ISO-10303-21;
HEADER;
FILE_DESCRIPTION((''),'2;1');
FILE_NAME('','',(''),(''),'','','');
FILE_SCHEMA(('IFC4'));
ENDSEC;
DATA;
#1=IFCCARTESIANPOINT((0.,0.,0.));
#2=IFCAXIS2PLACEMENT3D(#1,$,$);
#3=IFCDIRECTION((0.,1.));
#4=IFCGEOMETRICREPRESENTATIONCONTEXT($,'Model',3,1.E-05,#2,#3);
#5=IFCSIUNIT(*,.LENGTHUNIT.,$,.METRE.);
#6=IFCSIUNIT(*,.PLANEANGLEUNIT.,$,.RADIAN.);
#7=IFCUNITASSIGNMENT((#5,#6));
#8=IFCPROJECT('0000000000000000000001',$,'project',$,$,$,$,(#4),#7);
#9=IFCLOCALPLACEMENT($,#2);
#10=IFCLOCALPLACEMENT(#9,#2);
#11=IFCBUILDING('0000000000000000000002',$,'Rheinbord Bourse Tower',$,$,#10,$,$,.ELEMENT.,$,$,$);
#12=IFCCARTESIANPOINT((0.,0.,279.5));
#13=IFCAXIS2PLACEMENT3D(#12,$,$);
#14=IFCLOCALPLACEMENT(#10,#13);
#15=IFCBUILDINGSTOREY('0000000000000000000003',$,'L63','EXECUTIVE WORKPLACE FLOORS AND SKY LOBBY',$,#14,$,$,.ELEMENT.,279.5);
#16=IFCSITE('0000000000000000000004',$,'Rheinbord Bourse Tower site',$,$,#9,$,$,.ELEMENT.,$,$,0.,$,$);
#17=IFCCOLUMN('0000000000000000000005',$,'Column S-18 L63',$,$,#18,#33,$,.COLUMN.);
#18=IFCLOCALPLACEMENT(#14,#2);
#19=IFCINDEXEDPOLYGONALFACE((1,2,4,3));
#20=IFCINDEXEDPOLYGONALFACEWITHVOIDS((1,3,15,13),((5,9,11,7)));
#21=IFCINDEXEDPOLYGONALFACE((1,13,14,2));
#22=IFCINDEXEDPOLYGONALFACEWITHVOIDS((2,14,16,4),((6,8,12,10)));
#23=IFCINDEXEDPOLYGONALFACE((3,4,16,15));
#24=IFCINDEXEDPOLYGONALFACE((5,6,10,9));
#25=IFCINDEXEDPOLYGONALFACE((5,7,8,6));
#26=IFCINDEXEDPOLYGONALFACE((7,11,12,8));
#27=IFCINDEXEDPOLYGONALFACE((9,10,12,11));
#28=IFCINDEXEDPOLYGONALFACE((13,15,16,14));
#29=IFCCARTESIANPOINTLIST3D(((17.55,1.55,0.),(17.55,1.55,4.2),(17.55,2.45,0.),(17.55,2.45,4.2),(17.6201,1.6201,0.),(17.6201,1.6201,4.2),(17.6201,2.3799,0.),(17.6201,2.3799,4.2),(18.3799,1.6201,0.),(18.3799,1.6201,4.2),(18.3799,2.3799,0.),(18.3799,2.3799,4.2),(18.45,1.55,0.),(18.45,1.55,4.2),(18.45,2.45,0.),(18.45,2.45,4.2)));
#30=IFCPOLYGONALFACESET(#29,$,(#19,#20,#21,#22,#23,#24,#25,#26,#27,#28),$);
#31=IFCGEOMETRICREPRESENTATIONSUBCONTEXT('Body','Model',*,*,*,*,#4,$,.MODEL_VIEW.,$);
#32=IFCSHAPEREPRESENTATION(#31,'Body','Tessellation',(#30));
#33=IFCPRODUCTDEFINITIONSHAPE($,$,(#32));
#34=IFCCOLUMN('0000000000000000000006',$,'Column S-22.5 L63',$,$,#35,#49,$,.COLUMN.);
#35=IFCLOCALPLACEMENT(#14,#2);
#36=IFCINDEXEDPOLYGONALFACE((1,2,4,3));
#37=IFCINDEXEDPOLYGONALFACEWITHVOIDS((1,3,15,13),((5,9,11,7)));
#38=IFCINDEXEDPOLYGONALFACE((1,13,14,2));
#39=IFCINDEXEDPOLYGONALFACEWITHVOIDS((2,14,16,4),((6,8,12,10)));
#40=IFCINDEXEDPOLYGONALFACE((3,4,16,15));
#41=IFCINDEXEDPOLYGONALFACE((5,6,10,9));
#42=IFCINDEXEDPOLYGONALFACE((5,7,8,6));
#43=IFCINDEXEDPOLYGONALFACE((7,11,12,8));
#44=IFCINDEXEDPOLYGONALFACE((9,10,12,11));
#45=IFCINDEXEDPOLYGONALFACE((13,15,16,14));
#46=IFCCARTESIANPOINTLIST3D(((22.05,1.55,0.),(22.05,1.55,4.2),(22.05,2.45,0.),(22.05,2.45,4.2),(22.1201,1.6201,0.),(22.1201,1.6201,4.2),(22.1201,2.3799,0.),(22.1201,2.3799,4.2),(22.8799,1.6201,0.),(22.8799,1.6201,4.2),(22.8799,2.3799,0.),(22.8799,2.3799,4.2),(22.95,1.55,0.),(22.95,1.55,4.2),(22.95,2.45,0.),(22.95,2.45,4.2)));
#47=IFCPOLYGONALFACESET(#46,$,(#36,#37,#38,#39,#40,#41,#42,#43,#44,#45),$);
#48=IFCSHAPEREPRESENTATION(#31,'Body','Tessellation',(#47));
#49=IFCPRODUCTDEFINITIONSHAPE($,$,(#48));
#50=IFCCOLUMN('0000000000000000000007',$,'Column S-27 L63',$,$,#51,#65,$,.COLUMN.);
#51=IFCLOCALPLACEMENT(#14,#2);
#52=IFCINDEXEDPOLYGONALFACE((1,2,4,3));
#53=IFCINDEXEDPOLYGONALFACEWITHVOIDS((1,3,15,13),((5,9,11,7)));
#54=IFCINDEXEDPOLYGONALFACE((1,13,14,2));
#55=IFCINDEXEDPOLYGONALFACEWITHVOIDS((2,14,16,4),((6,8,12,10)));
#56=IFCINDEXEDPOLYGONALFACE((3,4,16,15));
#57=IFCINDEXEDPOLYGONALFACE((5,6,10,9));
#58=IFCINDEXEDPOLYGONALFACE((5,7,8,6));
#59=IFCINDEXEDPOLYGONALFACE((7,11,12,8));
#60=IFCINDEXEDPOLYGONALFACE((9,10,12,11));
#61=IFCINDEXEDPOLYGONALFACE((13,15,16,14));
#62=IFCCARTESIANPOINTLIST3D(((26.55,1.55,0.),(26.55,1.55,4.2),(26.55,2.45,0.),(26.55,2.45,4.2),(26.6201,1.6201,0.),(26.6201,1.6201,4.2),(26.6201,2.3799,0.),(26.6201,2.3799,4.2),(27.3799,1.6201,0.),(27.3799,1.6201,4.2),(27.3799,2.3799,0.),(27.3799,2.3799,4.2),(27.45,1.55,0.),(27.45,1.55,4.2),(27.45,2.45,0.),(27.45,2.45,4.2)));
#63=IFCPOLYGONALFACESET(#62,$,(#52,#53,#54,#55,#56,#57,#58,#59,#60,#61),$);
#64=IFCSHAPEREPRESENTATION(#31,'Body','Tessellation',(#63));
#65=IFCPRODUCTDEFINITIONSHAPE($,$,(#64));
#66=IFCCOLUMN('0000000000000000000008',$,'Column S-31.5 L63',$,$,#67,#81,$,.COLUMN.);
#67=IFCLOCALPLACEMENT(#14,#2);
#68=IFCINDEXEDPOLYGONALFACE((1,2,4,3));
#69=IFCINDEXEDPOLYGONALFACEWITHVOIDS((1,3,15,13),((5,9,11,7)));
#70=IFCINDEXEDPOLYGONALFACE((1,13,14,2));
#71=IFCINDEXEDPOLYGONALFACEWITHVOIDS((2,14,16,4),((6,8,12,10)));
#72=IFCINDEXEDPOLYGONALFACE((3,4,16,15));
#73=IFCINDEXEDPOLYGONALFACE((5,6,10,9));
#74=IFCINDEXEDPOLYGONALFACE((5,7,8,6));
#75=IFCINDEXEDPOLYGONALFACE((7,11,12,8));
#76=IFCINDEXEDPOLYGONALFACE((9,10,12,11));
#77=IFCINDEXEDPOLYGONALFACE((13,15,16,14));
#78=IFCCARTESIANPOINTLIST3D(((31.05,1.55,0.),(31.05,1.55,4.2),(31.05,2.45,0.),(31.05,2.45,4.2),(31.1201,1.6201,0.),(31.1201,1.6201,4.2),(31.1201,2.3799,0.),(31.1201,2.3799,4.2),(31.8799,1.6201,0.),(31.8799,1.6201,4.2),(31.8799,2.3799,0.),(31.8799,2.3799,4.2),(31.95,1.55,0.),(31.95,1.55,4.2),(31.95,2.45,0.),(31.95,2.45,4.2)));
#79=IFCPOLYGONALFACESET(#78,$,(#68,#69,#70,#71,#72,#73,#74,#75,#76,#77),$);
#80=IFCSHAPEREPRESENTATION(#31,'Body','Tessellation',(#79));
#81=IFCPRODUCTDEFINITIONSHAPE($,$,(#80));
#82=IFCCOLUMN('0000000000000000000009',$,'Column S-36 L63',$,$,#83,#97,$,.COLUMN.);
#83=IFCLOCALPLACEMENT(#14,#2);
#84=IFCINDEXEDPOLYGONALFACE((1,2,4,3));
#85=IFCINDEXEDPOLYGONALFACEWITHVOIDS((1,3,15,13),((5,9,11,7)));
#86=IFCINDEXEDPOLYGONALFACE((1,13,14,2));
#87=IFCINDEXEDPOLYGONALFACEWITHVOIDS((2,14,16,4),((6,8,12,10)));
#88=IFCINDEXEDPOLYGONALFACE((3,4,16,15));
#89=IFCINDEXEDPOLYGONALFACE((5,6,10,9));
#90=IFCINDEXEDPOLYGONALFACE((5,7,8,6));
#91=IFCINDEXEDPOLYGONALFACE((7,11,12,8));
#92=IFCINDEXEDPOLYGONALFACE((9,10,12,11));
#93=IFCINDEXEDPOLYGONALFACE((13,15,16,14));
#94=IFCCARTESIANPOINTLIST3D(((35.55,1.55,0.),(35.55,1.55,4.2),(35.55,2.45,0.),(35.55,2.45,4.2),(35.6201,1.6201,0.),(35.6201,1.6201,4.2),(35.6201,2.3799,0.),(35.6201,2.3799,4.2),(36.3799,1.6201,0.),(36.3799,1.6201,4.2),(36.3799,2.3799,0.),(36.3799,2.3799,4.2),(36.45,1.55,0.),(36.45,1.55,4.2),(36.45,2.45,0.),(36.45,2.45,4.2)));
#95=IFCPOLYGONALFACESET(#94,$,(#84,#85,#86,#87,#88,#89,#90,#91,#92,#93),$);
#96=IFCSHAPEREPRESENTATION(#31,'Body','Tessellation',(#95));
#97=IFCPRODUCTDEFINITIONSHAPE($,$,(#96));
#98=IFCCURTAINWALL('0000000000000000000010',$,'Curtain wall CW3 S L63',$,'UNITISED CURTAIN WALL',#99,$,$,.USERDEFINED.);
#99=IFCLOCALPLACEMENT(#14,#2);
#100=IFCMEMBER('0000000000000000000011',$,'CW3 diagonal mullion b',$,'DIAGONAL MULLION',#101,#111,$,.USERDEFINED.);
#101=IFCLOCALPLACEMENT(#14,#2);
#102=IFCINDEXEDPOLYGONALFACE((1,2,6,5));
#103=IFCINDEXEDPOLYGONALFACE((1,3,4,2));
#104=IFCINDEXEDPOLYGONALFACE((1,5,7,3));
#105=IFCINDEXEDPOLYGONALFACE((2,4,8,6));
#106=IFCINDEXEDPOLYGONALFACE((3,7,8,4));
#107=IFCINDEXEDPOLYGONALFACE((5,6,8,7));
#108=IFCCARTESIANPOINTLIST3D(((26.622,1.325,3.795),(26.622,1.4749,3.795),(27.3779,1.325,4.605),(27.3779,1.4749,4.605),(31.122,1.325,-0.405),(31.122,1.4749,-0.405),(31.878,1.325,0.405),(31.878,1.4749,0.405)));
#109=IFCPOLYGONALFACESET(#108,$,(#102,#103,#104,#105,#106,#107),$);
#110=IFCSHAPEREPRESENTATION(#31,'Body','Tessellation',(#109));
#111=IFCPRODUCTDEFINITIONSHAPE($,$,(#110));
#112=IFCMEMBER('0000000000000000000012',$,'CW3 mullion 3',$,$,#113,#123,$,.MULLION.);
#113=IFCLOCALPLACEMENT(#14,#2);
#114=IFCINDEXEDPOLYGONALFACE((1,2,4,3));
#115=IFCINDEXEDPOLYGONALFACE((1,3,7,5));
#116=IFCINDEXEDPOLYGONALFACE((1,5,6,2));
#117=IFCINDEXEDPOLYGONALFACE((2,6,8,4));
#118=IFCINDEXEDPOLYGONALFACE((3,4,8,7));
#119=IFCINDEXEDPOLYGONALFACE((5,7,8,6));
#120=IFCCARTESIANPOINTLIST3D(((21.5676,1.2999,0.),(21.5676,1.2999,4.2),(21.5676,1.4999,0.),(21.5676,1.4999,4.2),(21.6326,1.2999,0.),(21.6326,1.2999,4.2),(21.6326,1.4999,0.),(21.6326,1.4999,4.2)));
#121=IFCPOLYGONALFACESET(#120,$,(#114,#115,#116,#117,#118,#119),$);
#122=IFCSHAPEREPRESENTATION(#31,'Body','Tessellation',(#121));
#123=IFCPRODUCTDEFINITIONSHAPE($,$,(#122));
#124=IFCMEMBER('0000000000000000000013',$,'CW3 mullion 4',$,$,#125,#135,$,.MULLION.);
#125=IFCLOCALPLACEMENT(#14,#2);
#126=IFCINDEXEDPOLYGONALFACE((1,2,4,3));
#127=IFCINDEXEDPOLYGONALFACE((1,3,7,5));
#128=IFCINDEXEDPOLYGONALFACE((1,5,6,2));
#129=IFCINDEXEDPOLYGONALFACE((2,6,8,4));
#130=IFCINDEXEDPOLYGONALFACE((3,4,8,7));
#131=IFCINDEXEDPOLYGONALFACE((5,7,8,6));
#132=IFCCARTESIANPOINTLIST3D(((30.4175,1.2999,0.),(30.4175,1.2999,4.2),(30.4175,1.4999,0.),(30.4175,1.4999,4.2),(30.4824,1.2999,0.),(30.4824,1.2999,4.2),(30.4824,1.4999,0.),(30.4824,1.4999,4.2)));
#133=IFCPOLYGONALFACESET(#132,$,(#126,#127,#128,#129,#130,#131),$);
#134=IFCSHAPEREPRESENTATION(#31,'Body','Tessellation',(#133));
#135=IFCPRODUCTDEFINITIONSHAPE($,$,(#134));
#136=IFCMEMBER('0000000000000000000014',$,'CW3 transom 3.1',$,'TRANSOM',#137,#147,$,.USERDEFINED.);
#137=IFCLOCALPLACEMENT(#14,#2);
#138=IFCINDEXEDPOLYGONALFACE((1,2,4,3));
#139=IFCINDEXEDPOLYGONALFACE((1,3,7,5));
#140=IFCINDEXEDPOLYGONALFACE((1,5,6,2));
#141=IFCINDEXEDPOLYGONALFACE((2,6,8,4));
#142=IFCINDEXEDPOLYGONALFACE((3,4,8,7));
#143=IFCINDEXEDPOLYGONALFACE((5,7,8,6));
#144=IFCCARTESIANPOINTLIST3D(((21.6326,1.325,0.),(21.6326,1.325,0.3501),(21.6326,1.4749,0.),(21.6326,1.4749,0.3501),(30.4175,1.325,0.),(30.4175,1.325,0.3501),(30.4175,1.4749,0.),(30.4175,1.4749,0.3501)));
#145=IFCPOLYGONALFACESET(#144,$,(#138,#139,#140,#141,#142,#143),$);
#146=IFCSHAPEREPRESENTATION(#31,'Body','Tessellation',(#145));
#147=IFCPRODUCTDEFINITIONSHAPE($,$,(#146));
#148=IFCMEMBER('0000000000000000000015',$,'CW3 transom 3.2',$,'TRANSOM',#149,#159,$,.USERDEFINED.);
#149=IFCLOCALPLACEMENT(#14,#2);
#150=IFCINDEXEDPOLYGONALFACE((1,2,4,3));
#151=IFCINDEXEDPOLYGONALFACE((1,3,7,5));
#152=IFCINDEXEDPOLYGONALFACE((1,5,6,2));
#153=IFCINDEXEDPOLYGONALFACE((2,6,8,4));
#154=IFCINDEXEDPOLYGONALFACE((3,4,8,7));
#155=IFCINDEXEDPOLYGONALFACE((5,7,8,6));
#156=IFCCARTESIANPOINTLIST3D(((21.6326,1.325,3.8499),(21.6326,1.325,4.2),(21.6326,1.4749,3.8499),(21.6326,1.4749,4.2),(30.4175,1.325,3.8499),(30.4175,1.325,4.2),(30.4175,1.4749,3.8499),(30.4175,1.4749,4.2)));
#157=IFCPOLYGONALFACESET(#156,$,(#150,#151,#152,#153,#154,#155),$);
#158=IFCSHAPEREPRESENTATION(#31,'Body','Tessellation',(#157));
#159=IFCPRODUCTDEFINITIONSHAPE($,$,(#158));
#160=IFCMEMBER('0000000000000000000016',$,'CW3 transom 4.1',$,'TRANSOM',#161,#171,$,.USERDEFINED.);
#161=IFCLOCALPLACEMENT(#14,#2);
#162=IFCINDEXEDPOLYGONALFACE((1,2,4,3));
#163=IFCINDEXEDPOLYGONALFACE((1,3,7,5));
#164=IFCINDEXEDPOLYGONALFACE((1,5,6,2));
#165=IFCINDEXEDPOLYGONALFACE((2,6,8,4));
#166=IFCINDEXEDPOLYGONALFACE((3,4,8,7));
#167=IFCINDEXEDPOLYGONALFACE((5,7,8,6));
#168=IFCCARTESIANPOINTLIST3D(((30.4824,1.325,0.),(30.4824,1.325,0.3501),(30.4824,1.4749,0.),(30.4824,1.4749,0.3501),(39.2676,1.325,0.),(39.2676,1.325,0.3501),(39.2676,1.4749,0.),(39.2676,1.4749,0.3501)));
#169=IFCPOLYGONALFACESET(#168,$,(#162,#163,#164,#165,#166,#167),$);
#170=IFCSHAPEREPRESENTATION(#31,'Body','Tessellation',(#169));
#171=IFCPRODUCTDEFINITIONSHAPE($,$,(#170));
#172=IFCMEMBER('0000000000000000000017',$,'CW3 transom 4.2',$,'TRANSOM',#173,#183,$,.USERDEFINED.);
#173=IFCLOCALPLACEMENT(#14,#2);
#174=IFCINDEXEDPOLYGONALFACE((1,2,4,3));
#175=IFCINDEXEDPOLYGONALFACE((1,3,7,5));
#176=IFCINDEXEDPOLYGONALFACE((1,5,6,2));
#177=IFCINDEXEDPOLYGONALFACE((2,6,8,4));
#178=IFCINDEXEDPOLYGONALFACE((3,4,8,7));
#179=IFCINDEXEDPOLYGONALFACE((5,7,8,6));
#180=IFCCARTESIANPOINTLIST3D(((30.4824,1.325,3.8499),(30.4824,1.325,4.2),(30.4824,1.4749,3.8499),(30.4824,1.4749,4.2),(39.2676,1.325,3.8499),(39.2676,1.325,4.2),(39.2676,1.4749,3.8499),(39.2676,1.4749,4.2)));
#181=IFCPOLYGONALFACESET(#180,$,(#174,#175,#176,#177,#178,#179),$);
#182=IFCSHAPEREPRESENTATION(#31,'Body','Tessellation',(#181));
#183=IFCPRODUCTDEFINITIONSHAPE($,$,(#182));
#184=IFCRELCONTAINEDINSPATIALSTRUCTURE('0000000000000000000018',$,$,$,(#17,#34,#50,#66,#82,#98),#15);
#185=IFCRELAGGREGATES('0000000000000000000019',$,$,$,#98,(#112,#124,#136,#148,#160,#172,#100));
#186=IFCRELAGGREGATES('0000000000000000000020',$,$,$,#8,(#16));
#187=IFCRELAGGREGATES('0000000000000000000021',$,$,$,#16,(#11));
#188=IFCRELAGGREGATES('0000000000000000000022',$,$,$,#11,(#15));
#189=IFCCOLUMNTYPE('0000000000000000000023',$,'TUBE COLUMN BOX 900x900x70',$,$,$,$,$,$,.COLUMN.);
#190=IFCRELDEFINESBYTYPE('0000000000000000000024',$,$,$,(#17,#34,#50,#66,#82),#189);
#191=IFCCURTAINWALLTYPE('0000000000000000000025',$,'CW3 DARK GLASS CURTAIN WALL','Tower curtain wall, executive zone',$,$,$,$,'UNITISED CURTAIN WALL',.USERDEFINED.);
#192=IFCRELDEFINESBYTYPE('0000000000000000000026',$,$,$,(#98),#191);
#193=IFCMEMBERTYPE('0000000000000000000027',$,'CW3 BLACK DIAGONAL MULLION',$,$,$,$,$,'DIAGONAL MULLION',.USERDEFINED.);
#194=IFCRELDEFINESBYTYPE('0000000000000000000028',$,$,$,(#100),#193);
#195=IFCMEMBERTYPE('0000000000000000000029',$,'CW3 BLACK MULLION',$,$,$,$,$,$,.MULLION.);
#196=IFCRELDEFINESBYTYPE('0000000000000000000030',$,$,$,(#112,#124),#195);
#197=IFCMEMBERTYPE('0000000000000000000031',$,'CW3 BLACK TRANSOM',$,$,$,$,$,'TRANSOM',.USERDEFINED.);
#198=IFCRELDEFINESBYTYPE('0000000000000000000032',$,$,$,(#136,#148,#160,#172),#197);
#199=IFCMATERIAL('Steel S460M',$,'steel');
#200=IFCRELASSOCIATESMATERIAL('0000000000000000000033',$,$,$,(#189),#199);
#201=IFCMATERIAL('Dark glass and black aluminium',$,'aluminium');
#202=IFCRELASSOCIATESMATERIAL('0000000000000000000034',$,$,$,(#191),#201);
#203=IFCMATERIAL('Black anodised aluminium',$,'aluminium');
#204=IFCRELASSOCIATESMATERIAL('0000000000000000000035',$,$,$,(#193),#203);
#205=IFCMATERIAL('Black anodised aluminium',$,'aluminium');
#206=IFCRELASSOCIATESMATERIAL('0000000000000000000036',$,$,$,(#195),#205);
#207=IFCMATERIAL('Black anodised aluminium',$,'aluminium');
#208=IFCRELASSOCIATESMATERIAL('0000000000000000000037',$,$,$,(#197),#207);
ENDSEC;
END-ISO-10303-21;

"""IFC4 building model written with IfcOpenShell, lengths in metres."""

from ifc_helpers import new_model, si_unit, direction, frame, origin, origin_2d, place, context, subcontext, project, spatial, rectangle, hollow_rectangle, extrude, material, material_profile, profile_set, type_object, element, aggregate, save


model = new_model("IFC4")

# Units and contexts
model_context = context("Model", 3, precision=1e-05, world=origin(), true_north=direction((0.0, 1.0)))
body_context = subcontext(model_context, "Body", "Model", "MODEL_VIEW")
ifc_project = project(units=[si_unit("LENGTHUNIT", "METRE"), si_unit("PLANEANGLEUNIT", "RADIAN")], contexts=[model_context])

# Site, building, storey
site_placement = place(None, origin())
site = spatial("IfcSite", under=ifc_project, at=site_placement, Name="Rheinbord Bourse Tower site", CompositionType="ELEMENT", RefElevation=0.0)
building_placement = place(site_placement, origin())
building = spatial("IfcBuilding", under=site, at=building_placement, Name="Rheinbord Bourse Tower", CompositionType="ELEMENT")
storey_placement = place(building_placement, frame((0.0, 0.0, 279.5)))
storey = spatial("IfcBuildingStorey", under=building, at=storey_placement, Name="L63", Description="EXECUTIVE WORKPLACE FLOORS AND SKY LOBBY", CompositionType="ELEMENT", Elevation=279.5)

# Columns
ifc_material_1 = material(Name="Steel S460M", Category="steel")
ifc_material_profile_1 = material_profile(ifc_material_1, hollow_rectangle(XDim=0.8999, YDim=0.8999, WallThickness=0.0701, at=origin_2d()), Name="BOX 900x900x70")
ifc_profile_set_1 = profile_set([ifc_material_profile_1], Name="Steel S460M")
column_type = type_object("IfcColumnType", Name="TUBE COLUMN BOX 900x900x70", PredefinedType="COLUMN", material=ifc_profile_set_1)
for number, where, z_axis, x_axis, name in (
    (1, (18.0, 2.0, 0.0), (0.0, 0.0, 1.0), (0.0, 1.0, 0.0), "Column S-18 L63"),
    (2, (22.5, 2.0, 0.0), (0.0, 0.0, 1.0), (0.0, 1.0, 0.0), "Column S-22.5 L63"),
    (3, (27.0, 2.0, 0.0), (0.0, 0.0, 1.0), (0.0, 1.0, 0.0), "Column S-27 L63"),
    (4, (31.5, 2.0, 0.0), (0.0, 0.0, 1.0), (0.0, 1.0, 0.0), "Column S-31.5 L63"),
    (5, (36.0, 2.0, 0.0), (0.0, 0.0, 1.0), (0.0, 1.0, 0.0), "Column S-36 L63"),
):
    element("IfcColumn", number, at=place(storey_placement, frame(where, z_axis=z_axis, x_axis=x_axis)), inside=storey, type_object=column_type, Name=name, PredefinedType="COLUMN", context=body_context, shape_type="SweptSolid", body=[
        extrude(hollow_rectangle(XDim=0.8999, YDim=0.8999, WallThickness=0.0701, at=origin_2d()), origin(), (0.0, 0.0, 1.0), 4.2),
    ])

# Curtain wall, members
ifc_material_2 = material(Name="Dark glass and black aluminium", Category="aluminium")
curtain_wall_type = type_object("IfcCurtainWallType", Name="CW3 DARK GLASS CURTAIN WALL", Description="Tower curtain wall, executive zone", ElementType="UNITISED CURTAIN WALL", PredefinedType="USERDEFINED", material=ifc_material_2)
curtain_wall_placement = place(storey_placement, origin())
curtain_wall = element("IfcCurtainWall", 6, at=curtain_wall_placement, inside=storey, type_object=curtain_wall_type, Name="Curtain wall CW3 S L63", ObjectType="UNITISED CURTAIN WALL", PredefinedType="USERDEFINED")
ifc_material_3 = material(Name="Black anodised aluminium", Category="aluminium")
ifc_material_profile_2 = material_profile(ifc_material_3, rectangle(XDim=0.1499, YDim=1.1079, at=origin_2d()), Name="CW3 DIAGONAL MULLION 1108x150")
ifc_profile_set_2 = profile_set([ifc_material_profile_2], Name="Black anodised aluminium")
member_type_1 = type_object("IfcMemberType", Name="CW3 BLACK DIAGONAL MULLION", ElementType="DIAGONAL MULLION", PredefinedType="USERDEFINED", material=ifc_profile_set_2)
member_1_placement = place(storey_placement, frame((31.5, 1.3999, 0.0), z_axis=(-0.731059, 0.0, 0.682314), x_axis=(0.0, -1.0, 0.0)))
member_1 = element("IfcMember", 7, at=member_1_placement, type_object=member_type_1, Name="CW3 diagonal mullion b", ObjectType="DIAGONAL MULLION", PredefinedType="USERDEFINED", context=body_context, shape_type="SweptSolid", body=[
    extrude(rectangle(XDim=0.1499, YDim=1.1079, at=origin_2d()), origin(), (0.0, 0.0, 1.0), 6.1555),
])
ifc_material_4 = material(Name="Black anodised aluminium", Category="aluminium")
ifc_material_profile_3 = material_profile(ifc_material_4, rectangle(XDim=0.2, YDim=0.0649, at=origin_2d()), Name="CW3 MULLION 65x200")
ifc_profile_set_3 = profile_set([ifc_material_profile_3], Name="Black anodised aluminium")
member_type_2 = type_object("IfcMemberType", Name="CW3 BLACK MULLION", PredefinedType="MULLION", material=ifc_profile_set_3)
member_2_placement = place(storey_placement, frame((21.6001, 1.3999, 0.0), z_axis=(0.0, 0.0, 1.0), x_axis=(0.0, 1.0, 0.0)))
member_2 = element("IfcMember", 8, at=member_2_placement, type_object=member_type_2, Name="CW3 mullion 3", PredefinedType="MULLION", context=body_context, shape_type="SweptSolid", body=[
    extrude(rectangle(XDim=0.2, YDim=0.0649, at=origin_2d()), origin(), (0.0, 0.0, 1.0), 4.2),
])
member_3_placement = place(storey_placement, frame((30.45, 1.3999, 0.0), z_axis=(0.0, 0.0, 1.0), x_axis=(0.0, 1.0, 0.0)))
member_3 = element("IfcMember", 9, at=member_3_placement, type_object=member_type_2, Name="CW3 mullion 4", PredefinedType="MULLION", context=body_context, shape_type="SweptSolid", body=[
    extrude(rectangle(XDim=0.2, YDim=0.0649, at=origin_2d()), origin(), (0.0, 0.0, 1.0), 4.2),
])
ifc_material_5 = material(Name="Black anodised aluminium", Category="aluminium")
ifc_material_profile_4 = material_profile(ifc_material_5, rectangle(XDim=0.1499, YDim=0.3501, at=origin_2d()), Name="CW3 TRANSOM 350x150")
ifc_profile_set_4 = profile_set([ifc_material_profile_4], Name="Black anodised aluminium")
member_type_3 = type_object("IfcMemberType", Name="CW3 BLACK TRANSOM", ElementType="TRANSOM", PredefinedType="USERDEFINED", material=ifc_profile_set_4)
member_4_placement = place(storey_placement, frame((21.6326, 1.3999, 0.175), z_axis=(1.0, 0.0, 0.0), x_axis=(0.0, 1.0, 0.0)))
member_4 = element("IfcMember", 10, at=member_4_placement, type_object=member_type_3, Name="CW3 transom 3.1", ObjectType="TRANSOM", PredefinedType="USERDEFINED", context=body_context, shape_type="SweptSolid", body=[
    extrude(rectangle(XDim=0.1499, YDim=0.3501, at=origin_2d()), origin(), (0.0, 0.0, 1.0), 8.7849),
])
member_5_placement = place(storey_placement, frame((21.6326, 1.3999, 4.0249), z_axis=(1.0, 0.0, 0.0), x_axis=(0.0, 1.0, 0.0)))
member_5 = element("IfcMember", 11, at=member_5_placement, type_object=member_type_3, Name="CW3 transom 3.2", ObjectType="TRANSOM", PredefinedType="USERDEFINED", context=body_context, shape_type="SweptSolid", body=[
    extrude(rectangle(XDim=0.1499, YDim=0.3501, at=origin_2d()), origin(), (0.0, 0.0, 1.0), 8.7849),
])
member_6_placement = place(storey_placement, frame((30.4824, 1.3999, 0.175), z_axis=(1.0, 0.0, 0.0), x_axis=(0.0, 1.0, 0.0)))
member_6 = element("IfcMember", 12, at=member_6_placement, type_object=member_type_3, Name="CW3 transom 4.1", ObjectType="TRANSOM", PredefinedType="USERDEFINED", context=body_context, shape_type="SweptSolid", body=[
    extrude(rectangle(XDim=0.1499, YDim=0.3501, at=origin_2d()), origin(), (0.0, 0.0, 1.0), 8.7852),
])
member_7_placement = place(storey_placement, frame((30.4824, 1.3999, 4.0249), z_axis=(1.0, 0.0, 0.0), x_axis=(0.0, 1.0, 0.0)))
member_7 = element("IfcMember", 13, at=member_7_placement, type_object=member_type_3, Name="CW3 transom 4.2", ObjectType="TRANSOM", PredefinedType="USERDEFINED", context=body_context, shape_type="SweptSolid", body=[
    extrude(rectangle(XDim=0.1499, YDim=0.3501, at=origin_2d()), origin(), (0.0, 0.0, 1.0), 8.7852),
])

aggregate(curtain_wall, [member_2, member_3, member_4, member_5, member_6, member_7, member_1])

save(model, "model.ifc")
